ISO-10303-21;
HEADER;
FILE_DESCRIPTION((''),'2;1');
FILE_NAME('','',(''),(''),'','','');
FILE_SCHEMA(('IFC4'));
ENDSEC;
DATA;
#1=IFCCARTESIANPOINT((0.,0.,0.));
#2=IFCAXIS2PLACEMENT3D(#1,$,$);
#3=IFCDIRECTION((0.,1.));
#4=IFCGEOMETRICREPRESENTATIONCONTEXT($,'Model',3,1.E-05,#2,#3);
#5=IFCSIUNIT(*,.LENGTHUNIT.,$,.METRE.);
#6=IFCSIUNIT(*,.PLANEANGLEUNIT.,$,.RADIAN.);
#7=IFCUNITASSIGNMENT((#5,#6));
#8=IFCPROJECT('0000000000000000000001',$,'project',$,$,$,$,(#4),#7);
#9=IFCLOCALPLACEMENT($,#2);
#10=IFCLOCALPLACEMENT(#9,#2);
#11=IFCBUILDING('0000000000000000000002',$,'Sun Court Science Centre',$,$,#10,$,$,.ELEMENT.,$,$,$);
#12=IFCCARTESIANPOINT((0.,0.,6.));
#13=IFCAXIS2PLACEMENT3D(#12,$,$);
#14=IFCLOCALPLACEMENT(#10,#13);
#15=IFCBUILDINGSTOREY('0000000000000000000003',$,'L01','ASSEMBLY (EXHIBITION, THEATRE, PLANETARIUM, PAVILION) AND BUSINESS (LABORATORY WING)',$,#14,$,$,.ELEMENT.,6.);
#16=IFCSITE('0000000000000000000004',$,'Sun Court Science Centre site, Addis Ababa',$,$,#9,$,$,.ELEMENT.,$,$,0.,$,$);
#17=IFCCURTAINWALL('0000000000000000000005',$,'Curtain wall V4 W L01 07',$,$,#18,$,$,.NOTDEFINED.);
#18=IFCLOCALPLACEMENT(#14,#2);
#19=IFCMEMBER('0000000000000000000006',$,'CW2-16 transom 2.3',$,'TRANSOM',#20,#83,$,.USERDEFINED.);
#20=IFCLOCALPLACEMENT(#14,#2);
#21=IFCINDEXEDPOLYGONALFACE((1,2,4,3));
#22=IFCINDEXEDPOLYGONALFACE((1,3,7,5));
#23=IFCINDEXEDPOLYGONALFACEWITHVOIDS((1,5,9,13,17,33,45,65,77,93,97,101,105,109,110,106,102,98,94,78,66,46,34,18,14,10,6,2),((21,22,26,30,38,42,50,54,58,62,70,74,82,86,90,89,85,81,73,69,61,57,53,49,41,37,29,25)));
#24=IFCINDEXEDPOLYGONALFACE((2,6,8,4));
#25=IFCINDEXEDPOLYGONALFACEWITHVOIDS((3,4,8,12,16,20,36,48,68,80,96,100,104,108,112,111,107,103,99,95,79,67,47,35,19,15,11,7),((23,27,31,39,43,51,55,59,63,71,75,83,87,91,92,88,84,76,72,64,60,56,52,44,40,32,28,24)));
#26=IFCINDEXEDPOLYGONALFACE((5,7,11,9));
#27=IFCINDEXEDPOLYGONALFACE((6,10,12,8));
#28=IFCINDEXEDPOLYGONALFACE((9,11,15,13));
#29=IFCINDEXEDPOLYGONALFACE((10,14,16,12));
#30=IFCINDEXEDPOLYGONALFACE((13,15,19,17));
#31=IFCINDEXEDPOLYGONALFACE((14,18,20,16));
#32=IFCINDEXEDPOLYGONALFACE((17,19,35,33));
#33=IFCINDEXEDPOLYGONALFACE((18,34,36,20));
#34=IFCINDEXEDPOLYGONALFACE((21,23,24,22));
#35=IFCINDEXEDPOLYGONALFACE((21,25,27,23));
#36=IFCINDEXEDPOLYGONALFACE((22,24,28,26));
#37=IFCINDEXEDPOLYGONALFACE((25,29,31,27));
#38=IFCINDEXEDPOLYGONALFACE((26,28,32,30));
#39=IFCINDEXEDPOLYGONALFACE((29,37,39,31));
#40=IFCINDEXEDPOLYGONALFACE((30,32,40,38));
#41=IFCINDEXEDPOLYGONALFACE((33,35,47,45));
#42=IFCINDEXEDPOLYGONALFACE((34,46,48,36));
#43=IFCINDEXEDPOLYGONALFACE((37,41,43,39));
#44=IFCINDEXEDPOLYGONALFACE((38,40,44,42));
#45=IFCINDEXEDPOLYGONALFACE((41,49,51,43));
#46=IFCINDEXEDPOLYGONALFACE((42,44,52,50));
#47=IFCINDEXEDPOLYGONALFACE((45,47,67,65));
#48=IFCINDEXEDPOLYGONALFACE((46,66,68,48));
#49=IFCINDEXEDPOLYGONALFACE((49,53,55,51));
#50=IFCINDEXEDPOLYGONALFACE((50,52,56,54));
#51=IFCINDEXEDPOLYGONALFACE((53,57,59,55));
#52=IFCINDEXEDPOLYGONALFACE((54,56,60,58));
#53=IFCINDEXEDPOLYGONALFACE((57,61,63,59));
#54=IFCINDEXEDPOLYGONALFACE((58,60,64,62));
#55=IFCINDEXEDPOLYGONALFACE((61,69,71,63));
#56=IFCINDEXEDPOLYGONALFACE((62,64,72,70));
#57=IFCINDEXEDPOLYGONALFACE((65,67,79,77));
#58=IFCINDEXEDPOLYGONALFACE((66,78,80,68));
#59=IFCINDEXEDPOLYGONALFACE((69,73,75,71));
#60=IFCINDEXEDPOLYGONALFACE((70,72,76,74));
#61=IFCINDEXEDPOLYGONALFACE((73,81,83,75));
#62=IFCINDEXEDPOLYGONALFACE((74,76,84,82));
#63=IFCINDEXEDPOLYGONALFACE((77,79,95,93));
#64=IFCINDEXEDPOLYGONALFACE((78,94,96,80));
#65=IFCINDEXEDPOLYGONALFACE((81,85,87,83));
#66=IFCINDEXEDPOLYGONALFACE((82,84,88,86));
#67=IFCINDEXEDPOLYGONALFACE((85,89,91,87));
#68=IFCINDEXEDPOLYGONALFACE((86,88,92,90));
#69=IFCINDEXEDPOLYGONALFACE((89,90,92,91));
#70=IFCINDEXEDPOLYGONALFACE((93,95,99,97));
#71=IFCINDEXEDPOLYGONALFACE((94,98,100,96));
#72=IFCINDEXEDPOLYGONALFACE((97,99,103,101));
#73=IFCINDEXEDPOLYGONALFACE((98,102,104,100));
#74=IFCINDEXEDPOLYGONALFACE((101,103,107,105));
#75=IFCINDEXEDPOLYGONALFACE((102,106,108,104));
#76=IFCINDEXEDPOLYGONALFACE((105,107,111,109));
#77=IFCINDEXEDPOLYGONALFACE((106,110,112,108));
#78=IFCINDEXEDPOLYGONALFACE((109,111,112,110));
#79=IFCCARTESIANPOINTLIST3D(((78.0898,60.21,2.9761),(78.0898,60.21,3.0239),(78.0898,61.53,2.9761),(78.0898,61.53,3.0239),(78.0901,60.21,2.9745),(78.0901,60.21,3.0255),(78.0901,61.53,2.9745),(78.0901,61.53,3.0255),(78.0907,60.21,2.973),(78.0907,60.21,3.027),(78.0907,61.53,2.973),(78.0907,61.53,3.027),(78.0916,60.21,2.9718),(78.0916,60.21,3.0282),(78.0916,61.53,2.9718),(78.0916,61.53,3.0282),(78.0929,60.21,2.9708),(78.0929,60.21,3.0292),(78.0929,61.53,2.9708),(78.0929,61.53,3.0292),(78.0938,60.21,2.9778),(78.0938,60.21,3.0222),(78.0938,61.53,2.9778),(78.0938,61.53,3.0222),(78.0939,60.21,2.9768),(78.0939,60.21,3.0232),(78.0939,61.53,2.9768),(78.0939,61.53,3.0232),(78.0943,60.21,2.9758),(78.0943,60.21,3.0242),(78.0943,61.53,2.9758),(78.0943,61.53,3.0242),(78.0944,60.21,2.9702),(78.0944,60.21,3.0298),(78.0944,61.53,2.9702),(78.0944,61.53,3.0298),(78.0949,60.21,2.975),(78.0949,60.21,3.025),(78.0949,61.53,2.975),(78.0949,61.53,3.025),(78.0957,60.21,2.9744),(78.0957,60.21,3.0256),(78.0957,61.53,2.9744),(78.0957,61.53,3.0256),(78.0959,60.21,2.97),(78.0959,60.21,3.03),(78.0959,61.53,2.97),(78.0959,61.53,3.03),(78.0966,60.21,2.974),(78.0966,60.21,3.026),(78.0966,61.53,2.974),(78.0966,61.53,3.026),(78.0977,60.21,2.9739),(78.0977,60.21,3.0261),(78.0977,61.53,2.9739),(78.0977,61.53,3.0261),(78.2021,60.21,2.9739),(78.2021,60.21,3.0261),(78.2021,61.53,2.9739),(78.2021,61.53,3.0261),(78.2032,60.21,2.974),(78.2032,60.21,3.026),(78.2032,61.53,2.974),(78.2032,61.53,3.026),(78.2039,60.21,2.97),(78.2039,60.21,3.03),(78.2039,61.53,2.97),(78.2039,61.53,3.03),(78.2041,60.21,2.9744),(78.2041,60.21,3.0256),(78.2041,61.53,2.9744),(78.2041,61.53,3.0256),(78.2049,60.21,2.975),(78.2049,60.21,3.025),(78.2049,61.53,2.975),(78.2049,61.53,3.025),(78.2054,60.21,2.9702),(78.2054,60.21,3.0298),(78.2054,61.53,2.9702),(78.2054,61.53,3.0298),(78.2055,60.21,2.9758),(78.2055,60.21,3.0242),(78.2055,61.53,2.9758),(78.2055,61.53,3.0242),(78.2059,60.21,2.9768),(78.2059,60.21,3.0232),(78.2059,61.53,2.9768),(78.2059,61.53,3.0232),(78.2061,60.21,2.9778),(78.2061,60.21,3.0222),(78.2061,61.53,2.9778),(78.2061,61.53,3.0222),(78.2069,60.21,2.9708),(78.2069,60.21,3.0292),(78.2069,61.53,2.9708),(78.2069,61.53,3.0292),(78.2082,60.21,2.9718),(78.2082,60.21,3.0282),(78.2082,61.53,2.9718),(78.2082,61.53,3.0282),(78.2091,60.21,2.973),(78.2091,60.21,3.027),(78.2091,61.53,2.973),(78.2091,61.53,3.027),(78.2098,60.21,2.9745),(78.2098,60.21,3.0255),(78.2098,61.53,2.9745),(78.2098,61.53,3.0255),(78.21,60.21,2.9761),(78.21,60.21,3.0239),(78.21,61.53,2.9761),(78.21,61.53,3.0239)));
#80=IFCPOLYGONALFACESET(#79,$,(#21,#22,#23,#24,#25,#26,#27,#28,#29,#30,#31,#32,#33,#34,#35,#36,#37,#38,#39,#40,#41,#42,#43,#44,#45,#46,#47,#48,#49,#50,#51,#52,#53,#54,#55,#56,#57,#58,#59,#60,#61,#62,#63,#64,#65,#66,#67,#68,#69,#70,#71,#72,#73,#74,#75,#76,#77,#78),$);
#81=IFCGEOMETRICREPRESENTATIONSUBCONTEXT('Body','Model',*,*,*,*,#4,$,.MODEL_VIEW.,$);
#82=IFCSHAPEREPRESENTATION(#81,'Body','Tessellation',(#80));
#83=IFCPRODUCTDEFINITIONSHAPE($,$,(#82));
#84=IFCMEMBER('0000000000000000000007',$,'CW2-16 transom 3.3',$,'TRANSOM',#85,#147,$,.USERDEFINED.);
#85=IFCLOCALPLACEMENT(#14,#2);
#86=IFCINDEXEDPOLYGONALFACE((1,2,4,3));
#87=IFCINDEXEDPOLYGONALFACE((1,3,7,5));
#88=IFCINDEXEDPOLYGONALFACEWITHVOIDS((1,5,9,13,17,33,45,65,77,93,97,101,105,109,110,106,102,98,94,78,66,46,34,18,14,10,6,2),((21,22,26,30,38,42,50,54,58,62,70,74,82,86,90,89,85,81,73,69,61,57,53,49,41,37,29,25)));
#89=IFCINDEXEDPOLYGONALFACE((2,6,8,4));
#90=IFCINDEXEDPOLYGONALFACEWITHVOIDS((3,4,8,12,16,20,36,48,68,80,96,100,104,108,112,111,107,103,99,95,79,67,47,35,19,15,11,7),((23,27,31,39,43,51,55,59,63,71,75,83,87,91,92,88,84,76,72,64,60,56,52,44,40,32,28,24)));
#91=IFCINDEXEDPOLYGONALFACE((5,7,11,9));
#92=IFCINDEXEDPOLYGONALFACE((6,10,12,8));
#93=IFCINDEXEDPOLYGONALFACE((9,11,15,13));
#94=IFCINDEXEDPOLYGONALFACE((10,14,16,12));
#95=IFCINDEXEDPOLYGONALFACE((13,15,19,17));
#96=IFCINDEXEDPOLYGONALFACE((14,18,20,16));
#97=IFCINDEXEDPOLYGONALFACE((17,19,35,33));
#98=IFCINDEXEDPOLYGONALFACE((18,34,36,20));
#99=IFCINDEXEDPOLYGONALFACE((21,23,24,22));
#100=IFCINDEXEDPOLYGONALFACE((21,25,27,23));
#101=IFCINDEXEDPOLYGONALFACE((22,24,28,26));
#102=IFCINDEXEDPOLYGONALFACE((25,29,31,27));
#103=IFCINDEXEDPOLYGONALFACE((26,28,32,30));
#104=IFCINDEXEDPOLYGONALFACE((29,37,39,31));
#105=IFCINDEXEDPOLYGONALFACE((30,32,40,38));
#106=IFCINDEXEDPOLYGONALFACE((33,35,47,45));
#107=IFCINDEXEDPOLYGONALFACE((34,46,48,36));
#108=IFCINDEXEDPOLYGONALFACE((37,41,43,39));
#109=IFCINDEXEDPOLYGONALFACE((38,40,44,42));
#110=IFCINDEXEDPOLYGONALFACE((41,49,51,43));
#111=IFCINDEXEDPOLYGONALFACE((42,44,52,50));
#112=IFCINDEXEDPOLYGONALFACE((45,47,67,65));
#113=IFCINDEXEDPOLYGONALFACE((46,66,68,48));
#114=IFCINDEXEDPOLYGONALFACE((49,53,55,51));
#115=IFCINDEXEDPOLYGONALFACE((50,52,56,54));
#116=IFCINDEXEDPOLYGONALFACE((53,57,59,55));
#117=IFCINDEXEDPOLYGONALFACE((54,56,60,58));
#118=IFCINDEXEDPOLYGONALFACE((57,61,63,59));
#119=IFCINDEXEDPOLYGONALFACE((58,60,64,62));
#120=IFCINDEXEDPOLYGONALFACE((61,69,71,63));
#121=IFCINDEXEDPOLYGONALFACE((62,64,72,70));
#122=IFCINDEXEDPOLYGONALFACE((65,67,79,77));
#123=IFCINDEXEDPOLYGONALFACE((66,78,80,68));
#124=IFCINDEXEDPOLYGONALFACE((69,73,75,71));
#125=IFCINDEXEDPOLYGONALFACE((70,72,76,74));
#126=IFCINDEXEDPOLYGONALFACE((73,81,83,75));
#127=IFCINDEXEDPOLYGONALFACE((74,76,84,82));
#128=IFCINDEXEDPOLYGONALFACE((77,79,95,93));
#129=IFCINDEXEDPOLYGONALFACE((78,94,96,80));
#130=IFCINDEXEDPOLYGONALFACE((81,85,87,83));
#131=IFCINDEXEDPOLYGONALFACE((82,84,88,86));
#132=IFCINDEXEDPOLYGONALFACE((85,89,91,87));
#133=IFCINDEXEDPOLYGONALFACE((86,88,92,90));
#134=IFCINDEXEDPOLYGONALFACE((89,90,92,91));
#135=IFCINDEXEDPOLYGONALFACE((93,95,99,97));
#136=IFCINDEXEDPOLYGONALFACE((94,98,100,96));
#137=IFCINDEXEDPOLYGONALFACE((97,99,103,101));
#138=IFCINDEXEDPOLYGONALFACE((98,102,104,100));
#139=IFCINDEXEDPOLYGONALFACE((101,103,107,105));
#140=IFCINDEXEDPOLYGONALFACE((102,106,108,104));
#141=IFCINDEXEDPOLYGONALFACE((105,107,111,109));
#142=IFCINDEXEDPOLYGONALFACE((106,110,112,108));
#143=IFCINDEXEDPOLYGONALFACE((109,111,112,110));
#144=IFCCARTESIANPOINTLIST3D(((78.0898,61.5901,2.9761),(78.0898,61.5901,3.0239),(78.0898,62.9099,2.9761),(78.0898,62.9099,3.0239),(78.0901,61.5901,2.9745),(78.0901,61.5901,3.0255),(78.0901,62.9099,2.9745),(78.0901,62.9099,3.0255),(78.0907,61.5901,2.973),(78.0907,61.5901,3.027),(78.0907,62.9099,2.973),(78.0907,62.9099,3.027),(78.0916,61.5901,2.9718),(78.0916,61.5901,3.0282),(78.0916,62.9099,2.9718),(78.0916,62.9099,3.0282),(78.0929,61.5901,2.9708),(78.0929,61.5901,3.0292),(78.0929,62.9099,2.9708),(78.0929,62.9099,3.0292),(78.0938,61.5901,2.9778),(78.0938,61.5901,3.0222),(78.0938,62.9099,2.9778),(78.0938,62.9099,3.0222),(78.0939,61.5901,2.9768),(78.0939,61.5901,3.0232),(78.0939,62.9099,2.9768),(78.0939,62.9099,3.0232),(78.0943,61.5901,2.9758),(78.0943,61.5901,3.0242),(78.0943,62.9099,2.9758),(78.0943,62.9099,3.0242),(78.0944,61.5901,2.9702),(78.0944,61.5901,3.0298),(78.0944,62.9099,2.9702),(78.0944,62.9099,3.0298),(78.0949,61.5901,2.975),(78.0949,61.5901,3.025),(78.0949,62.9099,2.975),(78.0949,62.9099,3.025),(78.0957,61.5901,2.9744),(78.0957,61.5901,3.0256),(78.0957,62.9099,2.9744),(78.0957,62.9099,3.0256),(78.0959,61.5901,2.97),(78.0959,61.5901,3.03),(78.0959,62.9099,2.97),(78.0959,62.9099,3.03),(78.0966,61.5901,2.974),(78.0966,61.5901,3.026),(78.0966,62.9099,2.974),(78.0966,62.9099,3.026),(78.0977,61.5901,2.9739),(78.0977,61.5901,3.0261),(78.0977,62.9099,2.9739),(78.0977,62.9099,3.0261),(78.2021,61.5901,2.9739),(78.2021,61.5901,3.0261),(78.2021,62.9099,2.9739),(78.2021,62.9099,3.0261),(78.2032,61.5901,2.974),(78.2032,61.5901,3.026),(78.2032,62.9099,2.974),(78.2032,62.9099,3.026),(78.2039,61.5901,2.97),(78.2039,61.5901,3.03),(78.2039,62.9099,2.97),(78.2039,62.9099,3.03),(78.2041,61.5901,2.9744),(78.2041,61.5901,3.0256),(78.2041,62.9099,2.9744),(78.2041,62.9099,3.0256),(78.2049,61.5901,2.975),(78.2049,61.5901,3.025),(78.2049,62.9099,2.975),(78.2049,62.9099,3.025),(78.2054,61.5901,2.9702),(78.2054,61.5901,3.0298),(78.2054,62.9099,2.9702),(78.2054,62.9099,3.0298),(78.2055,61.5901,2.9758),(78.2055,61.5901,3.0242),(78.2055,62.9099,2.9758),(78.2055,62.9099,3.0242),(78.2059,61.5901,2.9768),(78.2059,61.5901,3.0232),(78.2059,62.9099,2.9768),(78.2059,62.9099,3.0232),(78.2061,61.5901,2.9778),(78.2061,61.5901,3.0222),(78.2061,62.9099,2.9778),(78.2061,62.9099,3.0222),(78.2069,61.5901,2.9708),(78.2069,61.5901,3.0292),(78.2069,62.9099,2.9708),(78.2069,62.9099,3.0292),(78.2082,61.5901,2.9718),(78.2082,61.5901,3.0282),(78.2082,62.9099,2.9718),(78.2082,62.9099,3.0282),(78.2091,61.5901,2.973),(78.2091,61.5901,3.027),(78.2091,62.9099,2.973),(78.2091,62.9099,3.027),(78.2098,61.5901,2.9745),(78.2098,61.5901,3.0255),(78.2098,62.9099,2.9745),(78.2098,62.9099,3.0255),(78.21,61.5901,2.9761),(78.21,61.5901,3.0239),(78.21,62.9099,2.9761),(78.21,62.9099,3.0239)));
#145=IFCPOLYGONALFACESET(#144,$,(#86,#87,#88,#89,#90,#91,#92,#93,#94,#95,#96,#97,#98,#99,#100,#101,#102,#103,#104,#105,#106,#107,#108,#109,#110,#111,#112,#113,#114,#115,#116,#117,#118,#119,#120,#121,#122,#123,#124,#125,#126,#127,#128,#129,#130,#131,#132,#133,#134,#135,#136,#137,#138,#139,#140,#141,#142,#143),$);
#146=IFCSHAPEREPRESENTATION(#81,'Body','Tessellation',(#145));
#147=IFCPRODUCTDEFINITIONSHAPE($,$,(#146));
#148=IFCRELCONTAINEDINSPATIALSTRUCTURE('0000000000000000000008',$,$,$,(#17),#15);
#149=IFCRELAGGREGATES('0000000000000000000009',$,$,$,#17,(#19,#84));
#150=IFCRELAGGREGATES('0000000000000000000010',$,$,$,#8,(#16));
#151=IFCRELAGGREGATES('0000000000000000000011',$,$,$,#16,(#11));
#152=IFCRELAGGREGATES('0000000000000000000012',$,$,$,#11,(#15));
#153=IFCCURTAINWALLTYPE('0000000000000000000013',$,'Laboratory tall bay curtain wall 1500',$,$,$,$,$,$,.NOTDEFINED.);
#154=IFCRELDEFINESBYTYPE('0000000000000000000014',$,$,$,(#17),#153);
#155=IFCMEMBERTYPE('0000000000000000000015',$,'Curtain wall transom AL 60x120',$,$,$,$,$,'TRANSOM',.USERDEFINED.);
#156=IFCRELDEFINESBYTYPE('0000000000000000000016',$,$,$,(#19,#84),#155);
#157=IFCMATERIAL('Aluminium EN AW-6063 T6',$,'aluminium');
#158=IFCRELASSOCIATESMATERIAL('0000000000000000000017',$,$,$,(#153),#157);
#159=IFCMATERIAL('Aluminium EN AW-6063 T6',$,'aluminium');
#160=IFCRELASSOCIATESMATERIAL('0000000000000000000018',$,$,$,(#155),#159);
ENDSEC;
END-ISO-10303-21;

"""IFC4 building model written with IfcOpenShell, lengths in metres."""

from ifc_helpers import new_model, si_unit, direction, frame, origin, origin_2d, place, context, subcontext, project, spatial, hollow_rectangle, extrude, material, material_profile, profile_set, type_object, element, aggregate, save


model = new_model("IFC4")

# Units and contexts
model_context = context("Model", 3, precision=1e-05, world=origin(), true_north=direction((0.0, 1.0)))
body_context = subcontext(model_context, "Body", "Model", "MODEL_VIEW")
ifc_project = project(units=[si_unit("LENGTHUNIT", "METRE"), si_unit("PLANEANGLEUNIT", "RADIAN")], contexts=[model_context])

# Site, building, storey
site_placement = place(None, origin())
site = spatial("IfcSite", under=ifc_project, at=site_placement, Name="Sun Court Science Centre site, Addis Ababa", CompositionType="ELEMENT", RefElevation=0.0)
building_placement = place(site_placement, origin())
building = spatial("IfcBuilding", under=site, at=building_placement, Name="Sun Court Science Centre", CompositionType="ELEMENT")
storey_placement = place(building_placement, frame((0.0, 0.0, 6.0)))
storey = spatial("IfcBuildingStorey", under=building, at=storey_placement, Name="L01", Description="ASSEMBLY (EXHIBITION, THEATRE, PLANETARIUM, PAVILION) AND BUSINESS (LABORATORY WING)", CompositionType="ELEMENT", Elevation=6.0)

# Curtain wall, members
ifc_material_1 = material(Name="Aluminium EN AW-6063 T6", Category="aluminium")
curtain_wall_type = type_object("IfcCurtainWallType", Name="Laboratory tall bay curtain wall 1500", PredefinedType="NOTDEFINED", material=ifc_material_1)
curtain_wall_placement = place(storey_placement, origin())
curtain_wall = element("IfcCurtainWall", 1, at=curtain_wall_placement, inside=storey, type_object=curtain_wall_type, Name="Curtain wall V4 W L01 07", PredefinedType="NOTDEFINED")
ifc_material_2 = material(Name="Aluminium EN AW-6063 T6", Category="aluminium")
ifc_material_profile_1 = material_profile(ifc_material_2, hollow_rectangle(XDim=0.0601, YDim=0.1201, WallThickness=0.0039, InnerFilletRadius=0.0039, OuterFilletRadius=0.0061, at=origin_2d()), Name="AL 60x120x4")
ifc_profile_set_1 = profile_set([ifc_material_profile_1], Name="Aluminium EN AW-6063 T6")
member_type_1 = type_object("IfcMemberType", Name="Curtain wall transom AL 60x120", ElementType="TRANSOM", PredefinedType="USERDEFINED", material=ifc_profile_set_1)
member_1_placement = place(storey_placement, frame((78.1499, 60.21, 3.0), z_axis=(0.0, 1.0, 0.0), x_axis=(0.0, 0.0, 1.0)))
member_1 = element("IfcMember", 2, at=member_1_placement, type_object=member_type_1, Name="CW2-16 transom 2.3", ObjectType="TRANSOM", PredefinedType="USERDEFINED", context=body_context, shape_type="SweptSolid", body=[
    extrude(hollow_rectangle(XDim=0.0601, YDim=0.1201, WallThickness=0.0039, InnerFilletRadius=0.0039, OuterFilletRadius=0.0061, at=origin_2d()), origin(), (0.0, 0.0, 1.0), 1.3201),
])
member_2_placement = place(storey_placement, frame((78.1499, 61.5901, 3.0), z_axis=(0.0, 1.0, 0.0), x_axis=(0.0, 0.0, 1.0)))
member_2 = element("IfcMember", 3, at=member_2_placement, type_object=member_type_1, Name="CW2-16 transom 3.3", ObjectType="TRANSOM", PredefinedType="USERDEFINED", context=body_context, shape_type="SweptSolid", body=[
    extrude(hollow_rectangle(XDim=0.0601, YDim=0.1201, WallThickness=0.0039, InnerFilletRadius=0.0039, OuterFilletRadius=0.0061, at=origin_2d()), origin(), (0.0, 0.0, 1.0), 1.3198),
])

aggregate(curtain_wall, [member_1, member_2])

save(model, "model.ifc")
